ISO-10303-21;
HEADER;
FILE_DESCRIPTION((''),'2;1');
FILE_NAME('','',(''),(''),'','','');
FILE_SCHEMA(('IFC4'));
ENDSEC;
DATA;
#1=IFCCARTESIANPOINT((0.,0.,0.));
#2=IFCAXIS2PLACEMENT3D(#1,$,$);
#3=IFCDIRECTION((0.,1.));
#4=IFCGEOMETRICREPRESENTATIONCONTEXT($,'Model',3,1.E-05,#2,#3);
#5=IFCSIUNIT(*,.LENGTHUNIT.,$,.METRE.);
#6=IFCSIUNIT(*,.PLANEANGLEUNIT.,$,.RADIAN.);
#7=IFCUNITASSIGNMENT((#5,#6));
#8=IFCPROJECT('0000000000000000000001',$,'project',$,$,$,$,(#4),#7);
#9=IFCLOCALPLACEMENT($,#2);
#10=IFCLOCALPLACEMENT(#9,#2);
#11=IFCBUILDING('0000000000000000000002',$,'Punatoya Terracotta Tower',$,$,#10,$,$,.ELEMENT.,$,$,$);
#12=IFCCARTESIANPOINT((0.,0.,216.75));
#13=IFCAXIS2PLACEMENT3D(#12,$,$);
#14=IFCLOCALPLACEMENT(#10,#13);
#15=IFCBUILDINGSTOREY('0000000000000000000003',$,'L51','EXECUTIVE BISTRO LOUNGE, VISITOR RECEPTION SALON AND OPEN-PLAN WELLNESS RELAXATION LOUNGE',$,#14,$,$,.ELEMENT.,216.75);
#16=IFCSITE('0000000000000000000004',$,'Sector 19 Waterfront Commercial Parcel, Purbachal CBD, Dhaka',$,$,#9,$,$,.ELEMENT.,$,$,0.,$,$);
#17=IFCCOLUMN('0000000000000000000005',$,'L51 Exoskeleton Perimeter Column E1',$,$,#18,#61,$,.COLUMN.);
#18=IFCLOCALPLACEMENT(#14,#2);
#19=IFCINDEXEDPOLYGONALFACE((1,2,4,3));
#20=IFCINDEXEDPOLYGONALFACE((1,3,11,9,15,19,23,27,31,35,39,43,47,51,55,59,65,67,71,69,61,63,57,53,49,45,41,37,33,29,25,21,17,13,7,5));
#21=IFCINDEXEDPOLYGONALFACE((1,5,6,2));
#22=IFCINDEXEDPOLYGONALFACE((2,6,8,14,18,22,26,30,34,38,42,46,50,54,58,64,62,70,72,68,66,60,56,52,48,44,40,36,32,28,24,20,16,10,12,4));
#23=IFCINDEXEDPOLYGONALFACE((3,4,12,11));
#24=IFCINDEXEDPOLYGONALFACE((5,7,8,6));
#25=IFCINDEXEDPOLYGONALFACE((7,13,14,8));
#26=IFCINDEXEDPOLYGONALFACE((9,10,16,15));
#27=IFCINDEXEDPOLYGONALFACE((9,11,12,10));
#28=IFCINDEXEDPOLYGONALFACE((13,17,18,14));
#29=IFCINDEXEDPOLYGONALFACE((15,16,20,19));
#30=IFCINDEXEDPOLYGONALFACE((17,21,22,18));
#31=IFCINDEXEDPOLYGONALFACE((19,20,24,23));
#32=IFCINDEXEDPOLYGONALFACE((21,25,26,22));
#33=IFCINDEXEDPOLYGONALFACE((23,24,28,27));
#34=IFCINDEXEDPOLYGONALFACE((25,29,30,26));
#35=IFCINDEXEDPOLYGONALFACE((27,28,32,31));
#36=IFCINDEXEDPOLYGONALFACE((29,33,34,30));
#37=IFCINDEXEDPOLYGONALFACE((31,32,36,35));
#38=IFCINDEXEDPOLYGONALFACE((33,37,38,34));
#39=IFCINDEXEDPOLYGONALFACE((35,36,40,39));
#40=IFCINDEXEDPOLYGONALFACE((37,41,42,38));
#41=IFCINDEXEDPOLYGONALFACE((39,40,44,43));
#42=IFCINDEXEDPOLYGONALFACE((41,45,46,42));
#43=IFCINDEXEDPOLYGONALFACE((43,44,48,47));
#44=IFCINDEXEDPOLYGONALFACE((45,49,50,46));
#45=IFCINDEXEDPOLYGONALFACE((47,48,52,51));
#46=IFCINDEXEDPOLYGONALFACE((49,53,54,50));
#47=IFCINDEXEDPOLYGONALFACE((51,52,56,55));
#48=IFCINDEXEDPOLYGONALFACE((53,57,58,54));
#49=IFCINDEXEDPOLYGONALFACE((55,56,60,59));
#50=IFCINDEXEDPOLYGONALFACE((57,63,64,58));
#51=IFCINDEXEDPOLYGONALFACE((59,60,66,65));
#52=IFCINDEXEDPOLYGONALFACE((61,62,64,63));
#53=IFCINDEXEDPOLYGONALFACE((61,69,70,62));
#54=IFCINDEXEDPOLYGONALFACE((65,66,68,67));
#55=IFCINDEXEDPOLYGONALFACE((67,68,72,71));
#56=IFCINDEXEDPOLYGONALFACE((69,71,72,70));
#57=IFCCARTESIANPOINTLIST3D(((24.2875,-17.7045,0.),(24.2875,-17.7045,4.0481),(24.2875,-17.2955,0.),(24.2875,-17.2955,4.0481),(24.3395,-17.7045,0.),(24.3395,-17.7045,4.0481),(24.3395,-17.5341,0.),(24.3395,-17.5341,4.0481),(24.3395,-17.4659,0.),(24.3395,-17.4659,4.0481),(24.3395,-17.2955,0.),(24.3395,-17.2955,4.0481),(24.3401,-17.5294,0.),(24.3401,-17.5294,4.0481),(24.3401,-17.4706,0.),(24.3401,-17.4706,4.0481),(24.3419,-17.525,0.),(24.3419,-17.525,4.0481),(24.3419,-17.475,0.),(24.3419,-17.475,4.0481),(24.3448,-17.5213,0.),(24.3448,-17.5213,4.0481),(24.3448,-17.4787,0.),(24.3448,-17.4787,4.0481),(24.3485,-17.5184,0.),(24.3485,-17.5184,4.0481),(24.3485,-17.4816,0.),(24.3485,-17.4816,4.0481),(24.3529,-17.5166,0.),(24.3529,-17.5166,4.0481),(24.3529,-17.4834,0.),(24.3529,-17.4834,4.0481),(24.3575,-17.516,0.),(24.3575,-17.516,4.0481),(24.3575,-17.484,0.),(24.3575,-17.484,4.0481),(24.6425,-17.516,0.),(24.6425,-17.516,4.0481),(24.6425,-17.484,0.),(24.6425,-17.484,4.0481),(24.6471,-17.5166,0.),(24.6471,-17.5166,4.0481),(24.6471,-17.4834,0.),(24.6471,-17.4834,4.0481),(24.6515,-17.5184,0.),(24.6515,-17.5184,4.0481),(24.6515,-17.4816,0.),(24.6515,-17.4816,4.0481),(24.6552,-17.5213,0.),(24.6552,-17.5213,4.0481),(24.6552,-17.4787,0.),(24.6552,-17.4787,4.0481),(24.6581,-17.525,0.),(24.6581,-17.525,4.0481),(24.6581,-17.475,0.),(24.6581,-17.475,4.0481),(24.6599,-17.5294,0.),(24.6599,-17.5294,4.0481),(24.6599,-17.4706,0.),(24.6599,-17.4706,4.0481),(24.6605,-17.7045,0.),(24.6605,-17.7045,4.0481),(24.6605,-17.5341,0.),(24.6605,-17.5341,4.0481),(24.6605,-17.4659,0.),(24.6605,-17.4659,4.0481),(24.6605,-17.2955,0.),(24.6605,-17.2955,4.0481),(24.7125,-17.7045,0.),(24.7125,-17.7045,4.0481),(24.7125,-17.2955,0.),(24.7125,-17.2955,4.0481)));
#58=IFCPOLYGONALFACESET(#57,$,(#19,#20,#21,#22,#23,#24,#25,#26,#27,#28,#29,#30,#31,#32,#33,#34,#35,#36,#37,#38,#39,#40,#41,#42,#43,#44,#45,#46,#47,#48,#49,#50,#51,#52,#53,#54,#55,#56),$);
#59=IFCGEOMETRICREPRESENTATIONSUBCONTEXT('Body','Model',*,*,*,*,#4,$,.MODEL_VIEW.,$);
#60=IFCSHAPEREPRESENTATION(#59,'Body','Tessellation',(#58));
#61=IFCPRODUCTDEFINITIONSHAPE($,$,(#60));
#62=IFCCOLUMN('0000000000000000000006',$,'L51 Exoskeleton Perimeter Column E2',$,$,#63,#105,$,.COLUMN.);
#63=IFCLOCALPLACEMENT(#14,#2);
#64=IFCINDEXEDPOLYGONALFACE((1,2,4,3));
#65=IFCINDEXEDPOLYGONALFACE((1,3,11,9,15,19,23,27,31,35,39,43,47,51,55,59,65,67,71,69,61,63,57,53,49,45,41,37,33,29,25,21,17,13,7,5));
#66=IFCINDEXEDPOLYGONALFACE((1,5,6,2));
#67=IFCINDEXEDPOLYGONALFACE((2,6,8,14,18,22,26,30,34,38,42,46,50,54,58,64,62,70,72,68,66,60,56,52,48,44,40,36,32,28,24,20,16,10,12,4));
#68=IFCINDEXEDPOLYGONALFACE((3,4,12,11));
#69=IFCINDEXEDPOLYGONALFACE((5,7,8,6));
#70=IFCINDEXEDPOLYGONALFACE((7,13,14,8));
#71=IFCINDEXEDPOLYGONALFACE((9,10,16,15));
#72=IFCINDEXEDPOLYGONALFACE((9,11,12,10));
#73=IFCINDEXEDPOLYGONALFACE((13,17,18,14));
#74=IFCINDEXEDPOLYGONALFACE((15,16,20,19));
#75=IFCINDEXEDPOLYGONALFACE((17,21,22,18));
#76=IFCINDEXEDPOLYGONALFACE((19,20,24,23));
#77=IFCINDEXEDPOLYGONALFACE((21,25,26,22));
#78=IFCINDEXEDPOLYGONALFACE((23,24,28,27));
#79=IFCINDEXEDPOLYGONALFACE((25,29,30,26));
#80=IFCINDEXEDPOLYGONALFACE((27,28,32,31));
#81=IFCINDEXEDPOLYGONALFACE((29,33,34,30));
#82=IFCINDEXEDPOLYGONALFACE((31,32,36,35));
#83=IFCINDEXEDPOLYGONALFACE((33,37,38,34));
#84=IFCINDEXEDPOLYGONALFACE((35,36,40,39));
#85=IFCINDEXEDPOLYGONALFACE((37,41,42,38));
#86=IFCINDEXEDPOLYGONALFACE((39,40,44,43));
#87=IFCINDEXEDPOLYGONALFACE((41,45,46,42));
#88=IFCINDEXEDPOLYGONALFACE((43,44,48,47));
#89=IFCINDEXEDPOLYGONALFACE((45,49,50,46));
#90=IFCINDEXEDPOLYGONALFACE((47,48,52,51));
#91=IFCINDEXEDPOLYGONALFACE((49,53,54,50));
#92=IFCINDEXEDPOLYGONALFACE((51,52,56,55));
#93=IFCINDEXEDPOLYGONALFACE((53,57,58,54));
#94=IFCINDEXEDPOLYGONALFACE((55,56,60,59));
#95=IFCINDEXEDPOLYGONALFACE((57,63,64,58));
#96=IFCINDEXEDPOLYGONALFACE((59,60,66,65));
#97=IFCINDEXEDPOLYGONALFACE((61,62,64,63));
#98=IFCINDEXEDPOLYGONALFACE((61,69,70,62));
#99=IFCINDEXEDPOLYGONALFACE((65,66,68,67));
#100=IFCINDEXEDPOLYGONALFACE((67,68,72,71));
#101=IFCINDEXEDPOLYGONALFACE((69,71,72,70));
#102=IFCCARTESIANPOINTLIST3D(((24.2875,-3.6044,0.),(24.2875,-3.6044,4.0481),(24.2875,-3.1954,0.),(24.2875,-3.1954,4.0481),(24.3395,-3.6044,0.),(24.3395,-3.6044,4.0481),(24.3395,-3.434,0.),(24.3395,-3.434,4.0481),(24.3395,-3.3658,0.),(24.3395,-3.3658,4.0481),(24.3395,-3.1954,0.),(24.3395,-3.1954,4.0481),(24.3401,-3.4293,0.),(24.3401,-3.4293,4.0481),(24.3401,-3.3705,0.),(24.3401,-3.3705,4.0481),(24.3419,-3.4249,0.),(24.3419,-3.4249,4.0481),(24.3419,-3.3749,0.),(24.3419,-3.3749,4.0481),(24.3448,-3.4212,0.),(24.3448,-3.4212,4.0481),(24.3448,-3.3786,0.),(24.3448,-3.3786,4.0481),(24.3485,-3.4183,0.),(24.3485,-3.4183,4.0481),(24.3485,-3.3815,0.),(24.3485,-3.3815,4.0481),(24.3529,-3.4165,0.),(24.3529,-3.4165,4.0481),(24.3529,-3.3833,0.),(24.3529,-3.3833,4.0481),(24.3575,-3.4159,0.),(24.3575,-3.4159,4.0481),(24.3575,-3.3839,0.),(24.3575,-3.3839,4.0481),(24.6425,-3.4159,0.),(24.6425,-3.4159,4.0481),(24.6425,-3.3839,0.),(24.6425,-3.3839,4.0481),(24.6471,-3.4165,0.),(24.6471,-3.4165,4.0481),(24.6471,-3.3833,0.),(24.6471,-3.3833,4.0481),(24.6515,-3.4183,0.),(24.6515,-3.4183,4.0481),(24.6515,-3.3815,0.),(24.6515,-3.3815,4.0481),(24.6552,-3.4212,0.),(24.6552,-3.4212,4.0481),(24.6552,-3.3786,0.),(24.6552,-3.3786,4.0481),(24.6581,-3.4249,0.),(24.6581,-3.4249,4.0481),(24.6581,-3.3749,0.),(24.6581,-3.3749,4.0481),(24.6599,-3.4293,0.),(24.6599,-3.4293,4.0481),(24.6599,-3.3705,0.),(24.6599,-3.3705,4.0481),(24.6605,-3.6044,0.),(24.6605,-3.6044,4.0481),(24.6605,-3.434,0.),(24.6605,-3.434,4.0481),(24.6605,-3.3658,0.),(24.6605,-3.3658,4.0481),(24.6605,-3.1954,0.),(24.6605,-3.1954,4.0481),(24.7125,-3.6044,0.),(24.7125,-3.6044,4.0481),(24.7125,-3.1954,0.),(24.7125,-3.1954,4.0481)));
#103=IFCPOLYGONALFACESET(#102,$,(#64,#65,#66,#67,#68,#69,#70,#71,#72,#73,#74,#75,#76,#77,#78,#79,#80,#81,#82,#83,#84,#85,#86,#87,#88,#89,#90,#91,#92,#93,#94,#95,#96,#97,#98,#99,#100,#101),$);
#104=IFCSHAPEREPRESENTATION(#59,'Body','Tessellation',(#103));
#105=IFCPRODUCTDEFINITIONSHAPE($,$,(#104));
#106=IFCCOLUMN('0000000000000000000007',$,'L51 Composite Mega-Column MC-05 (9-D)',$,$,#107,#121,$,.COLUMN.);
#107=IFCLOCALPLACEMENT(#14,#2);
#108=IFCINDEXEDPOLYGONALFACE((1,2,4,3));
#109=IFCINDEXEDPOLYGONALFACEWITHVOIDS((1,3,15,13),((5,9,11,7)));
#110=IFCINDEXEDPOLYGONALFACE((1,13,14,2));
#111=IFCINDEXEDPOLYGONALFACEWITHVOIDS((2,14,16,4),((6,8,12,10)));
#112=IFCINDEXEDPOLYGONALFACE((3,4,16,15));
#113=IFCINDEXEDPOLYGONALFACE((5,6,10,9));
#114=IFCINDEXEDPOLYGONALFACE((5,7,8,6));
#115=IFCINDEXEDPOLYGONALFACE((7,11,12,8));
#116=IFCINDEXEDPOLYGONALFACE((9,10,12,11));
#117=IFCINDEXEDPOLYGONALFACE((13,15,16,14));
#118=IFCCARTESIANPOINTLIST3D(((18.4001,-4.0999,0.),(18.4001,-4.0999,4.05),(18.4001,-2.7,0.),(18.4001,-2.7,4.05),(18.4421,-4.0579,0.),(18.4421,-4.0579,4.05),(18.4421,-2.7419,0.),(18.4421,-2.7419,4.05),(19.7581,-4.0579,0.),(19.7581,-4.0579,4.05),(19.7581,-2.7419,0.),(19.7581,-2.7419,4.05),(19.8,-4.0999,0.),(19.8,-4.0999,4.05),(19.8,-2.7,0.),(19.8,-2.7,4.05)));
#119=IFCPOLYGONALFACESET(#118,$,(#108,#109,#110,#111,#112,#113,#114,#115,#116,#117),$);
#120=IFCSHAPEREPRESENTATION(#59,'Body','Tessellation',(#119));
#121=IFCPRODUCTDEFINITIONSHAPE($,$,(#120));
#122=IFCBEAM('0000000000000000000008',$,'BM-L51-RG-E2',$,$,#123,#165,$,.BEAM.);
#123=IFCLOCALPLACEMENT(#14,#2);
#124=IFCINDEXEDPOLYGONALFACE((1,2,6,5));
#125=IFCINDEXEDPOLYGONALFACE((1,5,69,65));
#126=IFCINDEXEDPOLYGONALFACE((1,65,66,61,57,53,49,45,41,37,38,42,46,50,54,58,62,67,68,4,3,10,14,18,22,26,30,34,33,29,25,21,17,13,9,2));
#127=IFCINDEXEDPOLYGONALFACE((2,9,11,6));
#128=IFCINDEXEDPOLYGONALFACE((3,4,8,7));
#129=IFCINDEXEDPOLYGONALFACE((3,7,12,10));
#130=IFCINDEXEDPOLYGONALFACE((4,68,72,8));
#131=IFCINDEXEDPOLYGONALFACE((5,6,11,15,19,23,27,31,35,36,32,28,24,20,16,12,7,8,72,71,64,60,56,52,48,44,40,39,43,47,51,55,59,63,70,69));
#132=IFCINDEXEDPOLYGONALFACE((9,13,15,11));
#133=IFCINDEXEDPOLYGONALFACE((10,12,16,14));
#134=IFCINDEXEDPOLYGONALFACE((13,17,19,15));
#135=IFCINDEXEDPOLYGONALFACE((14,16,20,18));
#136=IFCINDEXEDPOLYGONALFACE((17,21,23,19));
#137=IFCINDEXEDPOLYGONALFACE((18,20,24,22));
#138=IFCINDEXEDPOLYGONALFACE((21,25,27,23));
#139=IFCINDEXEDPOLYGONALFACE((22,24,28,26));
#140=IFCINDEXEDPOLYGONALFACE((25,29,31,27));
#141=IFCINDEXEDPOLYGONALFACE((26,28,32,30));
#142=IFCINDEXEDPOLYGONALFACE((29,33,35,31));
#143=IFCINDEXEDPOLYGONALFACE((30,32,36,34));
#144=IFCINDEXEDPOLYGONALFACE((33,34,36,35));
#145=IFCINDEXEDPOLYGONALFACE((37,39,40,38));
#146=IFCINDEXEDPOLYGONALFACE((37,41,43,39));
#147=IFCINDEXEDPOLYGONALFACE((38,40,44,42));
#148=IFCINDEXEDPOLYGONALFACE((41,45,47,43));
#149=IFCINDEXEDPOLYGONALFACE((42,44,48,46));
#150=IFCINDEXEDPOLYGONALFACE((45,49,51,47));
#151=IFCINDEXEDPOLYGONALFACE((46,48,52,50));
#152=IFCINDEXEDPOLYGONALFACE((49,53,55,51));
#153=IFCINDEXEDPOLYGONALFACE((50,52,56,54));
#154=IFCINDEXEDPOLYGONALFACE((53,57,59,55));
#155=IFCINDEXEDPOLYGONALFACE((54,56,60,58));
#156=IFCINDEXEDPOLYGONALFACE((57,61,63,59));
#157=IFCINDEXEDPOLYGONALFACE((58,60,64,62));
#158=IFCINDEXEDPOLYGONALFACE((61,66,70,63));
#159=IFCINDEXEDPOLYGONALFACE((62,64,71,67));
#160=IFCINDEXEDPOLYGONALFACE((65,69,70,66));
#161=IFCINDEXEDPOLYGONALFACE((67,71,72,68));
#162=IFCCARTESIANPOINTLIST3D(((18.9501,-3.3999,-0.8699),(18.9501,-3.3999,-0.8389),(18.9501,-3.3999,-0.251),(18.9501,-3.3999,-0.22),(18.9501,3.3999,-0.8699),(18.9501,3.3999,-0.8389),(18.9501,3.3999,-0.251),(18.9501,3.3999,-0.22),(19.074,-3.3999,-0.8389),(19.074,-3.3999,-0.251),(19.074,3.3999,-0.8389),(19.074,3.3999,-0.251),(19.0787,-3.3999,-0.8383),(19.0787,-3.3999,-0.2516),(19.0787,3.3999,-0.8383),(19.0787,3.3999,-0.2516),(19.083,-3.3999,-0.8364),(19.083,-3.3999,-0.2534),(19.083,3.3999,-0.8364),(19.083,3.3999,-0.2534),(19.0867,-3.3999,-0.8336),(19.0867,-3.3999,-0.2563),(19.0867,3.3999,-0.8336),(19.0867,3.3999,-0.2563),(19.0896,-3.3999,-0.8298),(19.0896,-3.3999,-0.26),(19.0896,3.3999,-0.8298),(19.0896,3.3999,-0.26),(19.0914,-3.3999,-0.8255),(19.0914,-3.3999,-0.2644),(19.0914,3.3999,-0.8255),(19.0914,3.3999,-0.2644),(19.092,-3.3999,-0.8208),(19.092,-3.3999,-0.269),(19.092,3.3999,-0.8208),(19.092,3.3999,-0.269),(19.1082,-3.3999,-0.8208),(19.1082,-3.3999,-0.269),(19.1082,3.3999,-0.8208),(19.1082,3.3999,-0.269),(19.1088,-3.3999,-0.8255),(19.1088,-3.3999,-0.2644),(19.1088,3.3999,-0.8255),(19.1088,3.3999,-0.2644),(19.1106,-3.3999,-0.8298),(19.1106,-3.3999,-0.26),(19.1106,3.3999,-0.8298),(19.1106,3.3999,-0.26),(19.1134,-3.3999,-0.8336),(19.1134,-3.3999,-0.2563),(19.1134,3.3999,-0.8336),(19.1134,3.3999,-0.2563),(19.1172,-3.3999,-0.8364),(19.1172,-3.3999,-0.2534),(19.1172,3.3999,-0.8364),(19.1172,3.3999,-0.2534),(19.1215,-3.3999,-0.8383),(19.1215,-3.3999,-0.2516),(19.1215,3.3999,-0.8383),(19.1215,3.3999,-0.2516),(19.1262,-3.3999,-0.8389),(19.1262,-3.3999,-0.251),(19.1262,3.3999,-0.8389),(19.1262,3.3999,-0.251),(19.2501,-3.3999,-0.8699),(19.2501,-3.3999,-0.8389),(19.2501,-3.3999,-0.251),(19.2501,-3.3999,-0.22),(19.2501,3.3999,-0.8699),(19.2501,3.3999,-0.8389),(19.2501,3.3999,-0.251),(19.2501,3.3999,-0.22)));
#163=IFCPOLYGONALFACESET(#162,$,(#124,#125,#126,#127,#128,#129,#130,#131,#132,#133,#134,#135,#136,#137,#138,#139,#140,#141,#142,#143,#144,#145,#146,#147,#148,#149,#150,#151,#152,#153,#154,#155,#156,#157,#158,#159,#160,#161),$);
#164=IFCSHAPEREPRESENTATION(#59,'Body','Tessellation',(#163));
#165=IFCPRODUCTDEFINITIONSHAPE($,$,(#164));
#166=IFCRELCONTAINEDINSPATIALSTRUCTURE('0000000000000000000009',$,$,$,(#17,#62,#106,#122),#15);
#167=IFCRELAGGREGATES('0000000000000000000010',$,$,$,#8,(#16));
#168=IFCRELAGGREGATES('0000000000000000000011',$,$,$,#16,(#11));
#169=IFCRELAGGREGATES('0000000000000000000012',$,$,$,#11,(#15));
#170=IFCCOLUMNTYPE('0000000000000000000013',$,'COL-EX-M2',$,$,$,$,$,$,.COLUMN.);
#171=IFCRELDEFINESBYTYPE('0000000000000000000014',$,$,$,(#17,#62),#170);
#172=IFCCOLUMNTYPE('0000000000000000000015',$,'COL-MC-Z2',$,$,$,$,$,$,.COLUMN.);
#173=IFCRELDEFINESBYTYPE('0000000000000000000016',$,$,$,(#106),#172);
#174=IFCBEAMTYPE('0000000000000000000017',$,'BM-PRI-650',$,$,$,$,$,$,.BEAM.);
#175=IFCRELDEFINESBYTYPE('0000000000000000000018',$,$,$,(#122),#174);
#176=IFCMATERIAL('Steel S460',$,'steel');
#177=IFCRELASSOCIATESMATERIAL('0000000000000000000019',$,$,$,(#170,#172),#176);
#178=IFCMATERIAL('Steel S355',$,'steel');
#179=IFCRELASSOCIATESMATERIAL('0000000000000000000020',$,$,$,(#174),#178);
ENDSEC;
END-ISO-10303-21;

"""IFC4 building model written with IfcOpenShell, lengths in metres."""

from ifc_helpers import new_model, si_unit, direction, frame, origin, origin_2d, place, context, subcontext, project, spatial, hollow_rectangle, i_section, extrude, material, material_profile, profile_set, type_object, element, save


model = new_model("IFC4")

# Units and contexts
model_context = context("Model", 3, precision=1e-05, world=origin(), true_north=direction((0.0, 1.0)))
body_context = subcontext(model_context, "Body", "Model", "MODEL_VIEW")
ifc_project = project(units=[si_unit("LENGTHUNIT", "METRE"), si_unit("PLANEANGLEUNIT", "RADIAN")], contexts=[model_context])

# Site, building, storey
site_placement = place(None, origin())
site = spatial("IfcSite", under=ifc_project, at=site_placement, Name="Sector 19 Waterfront Commercial Parcel, Purbachal CBD, Dhaka", CompositionType="ELEMENT", RefElevation=0.0)
building_placement = place(site_placement, origin())
building = spatial("IfcBuilding", under=site, at=building_placement, Name="Punatoya Terracotta Tower", CompositionType="ELEMENT")
storey_placement = place(building_placement, frame((0.0, 0.0, 216.75)))
storey = spatial("IfcBuildingStorey", under=building, at=storey_placement, Name="L51", Description="EXECUTIVE BISTRO LOUNGE, VISITOR RECEPTION SALON AND OPEN-PLAN WELLNESS RELAXATION LOUNGE", CompositionType="ELEMENT", Elevation=216.75)

# Columns
ifc_material_1 = material(Name="Steel S460", Category="steel")
ifc_material_profile_1 = material_profile(ifc_material_1, i_section(OverallWidth=0.4089, OverallDepth=0.425, WebThickness=0.032, FlangeThickness=0.052, FilletRadius=0.0181, at=origin_2d()))
ifc_profile_set_1 = profile_set([ifc_material_profile_1], Name="Steel S460")
column_type_1 = type_object("IfcColumnType", Name="COL-EX-M2", PredefinedType="COLUMN", material=ifc_profile_set_1)
for number, where, z_axis, x_axis, name in (
    (1, (24.5, -17.5, 0.0), (0.0, 0.0, 1.0), (0.0, 1.0, 0.0), "L51 Exoskeleton Perimeter Column E1"),
    (2, (24.5, -3.3999, 0.0), (0.0, 0.0, 1.0), (0.0, 1.0, 0.0), "L51 Exoskeleton Perimeter Column E2"),
):
    element("IfcColumn", number, at=place(storey_placement, frame(where, z_axis=z_axis, x_axis=x_axis)), inside=storey, type_object=column_type_1, Name=name, PredefinedType="COLUMN", context=body_context, shape_type="SweptSolid", body=[
        extrude(i_section(OverallWidth=0.4089, OverallDepth=0.425, WebThickness=0.032, FlangeThickness=0.052, FilletRadius=0.0181, at=origin_2d()), origin(), (0.0, 0.0, 1.0), 4.0481),
    ])
ifc_material_profile_2 = material_profile(ifc_material_1, hollow_rectangle(XDim=1.3999, YDim=1.3999, WallThickness=0.042, at=origin_2d()))
ifc_profile_set_2 = profile_set([ifc_material_profile_2], Name="Steel S460")
column_type_2 = type_object("IfcColumnType", Name="COL-MC-Z2", PredefinedType="COLUMN", material=ifc_profile_set_2)
column_placement = place(storey_placement, frame((19.1001, -3.3999, 0.0), z_axis=(0.0, 0.0, 1.0), x_axis=(1.0, 0.0, 0.0)))
element("IfcColumn", 3, at=column_placement, inside=storey, type_object=column_type_2, Name="L51 Composite Mega-Column MC-05 (9-D)", PredefinedType="COLUMN", context=body_context, shape_type="SweptSolid", body=[
    extrude(hollow_rectangle(XDim=1.3999, YDim=1.3999, WallThickness=0.042, at=origin_2d()), origin(), (0.0, 0.0, 1.0), 4.05),
])

# Beam
ifc_material_2 = material(Name="Steel S355", Category="steel")
ifc_material_profile_3 = material_profile(ifc_material_2, i_section(OverallWidth=0.3, OverallDepth=0.6499, WebThickness=0.0161, FlangeThickness=0.031, FilletRadius=0.0181, at=origin_2d()))
ifc_profile_set_3 = profile_set([ifc_material_profile_3], Name="Steel S355")
beam_type_1 = type_object("IfcBeamType", Name="BM-PRI-650", PredefinedType="BEAM", material=ifc_profile_set_3)
beam_1_placement = place(storey_placement, frame((19.1001, -3.3999, -0.5449), z_axis=(0.0, 1.0, 0.0), x_axis=(-1.0, 0.0, 0.0)))
element("IfcBeam", 4, at=beam_1_placement, inside=storey, type_object=beam_type_1, Name="BM-L51-RG-E2", PredefinedType="BEAM", context=body_context, shape_type="SweptSolid", body=[
    extrude(i_section(OverallWidth=0.3, OverallDepth=0.6499, WebThickness=0.0161, FlangeThickness=0.031, FilletRadius=0.0181, at=origin_2d()), origin(), (0.0, 0.0, 1.0), 6.7998),
])

save(model, "model.ifc")
